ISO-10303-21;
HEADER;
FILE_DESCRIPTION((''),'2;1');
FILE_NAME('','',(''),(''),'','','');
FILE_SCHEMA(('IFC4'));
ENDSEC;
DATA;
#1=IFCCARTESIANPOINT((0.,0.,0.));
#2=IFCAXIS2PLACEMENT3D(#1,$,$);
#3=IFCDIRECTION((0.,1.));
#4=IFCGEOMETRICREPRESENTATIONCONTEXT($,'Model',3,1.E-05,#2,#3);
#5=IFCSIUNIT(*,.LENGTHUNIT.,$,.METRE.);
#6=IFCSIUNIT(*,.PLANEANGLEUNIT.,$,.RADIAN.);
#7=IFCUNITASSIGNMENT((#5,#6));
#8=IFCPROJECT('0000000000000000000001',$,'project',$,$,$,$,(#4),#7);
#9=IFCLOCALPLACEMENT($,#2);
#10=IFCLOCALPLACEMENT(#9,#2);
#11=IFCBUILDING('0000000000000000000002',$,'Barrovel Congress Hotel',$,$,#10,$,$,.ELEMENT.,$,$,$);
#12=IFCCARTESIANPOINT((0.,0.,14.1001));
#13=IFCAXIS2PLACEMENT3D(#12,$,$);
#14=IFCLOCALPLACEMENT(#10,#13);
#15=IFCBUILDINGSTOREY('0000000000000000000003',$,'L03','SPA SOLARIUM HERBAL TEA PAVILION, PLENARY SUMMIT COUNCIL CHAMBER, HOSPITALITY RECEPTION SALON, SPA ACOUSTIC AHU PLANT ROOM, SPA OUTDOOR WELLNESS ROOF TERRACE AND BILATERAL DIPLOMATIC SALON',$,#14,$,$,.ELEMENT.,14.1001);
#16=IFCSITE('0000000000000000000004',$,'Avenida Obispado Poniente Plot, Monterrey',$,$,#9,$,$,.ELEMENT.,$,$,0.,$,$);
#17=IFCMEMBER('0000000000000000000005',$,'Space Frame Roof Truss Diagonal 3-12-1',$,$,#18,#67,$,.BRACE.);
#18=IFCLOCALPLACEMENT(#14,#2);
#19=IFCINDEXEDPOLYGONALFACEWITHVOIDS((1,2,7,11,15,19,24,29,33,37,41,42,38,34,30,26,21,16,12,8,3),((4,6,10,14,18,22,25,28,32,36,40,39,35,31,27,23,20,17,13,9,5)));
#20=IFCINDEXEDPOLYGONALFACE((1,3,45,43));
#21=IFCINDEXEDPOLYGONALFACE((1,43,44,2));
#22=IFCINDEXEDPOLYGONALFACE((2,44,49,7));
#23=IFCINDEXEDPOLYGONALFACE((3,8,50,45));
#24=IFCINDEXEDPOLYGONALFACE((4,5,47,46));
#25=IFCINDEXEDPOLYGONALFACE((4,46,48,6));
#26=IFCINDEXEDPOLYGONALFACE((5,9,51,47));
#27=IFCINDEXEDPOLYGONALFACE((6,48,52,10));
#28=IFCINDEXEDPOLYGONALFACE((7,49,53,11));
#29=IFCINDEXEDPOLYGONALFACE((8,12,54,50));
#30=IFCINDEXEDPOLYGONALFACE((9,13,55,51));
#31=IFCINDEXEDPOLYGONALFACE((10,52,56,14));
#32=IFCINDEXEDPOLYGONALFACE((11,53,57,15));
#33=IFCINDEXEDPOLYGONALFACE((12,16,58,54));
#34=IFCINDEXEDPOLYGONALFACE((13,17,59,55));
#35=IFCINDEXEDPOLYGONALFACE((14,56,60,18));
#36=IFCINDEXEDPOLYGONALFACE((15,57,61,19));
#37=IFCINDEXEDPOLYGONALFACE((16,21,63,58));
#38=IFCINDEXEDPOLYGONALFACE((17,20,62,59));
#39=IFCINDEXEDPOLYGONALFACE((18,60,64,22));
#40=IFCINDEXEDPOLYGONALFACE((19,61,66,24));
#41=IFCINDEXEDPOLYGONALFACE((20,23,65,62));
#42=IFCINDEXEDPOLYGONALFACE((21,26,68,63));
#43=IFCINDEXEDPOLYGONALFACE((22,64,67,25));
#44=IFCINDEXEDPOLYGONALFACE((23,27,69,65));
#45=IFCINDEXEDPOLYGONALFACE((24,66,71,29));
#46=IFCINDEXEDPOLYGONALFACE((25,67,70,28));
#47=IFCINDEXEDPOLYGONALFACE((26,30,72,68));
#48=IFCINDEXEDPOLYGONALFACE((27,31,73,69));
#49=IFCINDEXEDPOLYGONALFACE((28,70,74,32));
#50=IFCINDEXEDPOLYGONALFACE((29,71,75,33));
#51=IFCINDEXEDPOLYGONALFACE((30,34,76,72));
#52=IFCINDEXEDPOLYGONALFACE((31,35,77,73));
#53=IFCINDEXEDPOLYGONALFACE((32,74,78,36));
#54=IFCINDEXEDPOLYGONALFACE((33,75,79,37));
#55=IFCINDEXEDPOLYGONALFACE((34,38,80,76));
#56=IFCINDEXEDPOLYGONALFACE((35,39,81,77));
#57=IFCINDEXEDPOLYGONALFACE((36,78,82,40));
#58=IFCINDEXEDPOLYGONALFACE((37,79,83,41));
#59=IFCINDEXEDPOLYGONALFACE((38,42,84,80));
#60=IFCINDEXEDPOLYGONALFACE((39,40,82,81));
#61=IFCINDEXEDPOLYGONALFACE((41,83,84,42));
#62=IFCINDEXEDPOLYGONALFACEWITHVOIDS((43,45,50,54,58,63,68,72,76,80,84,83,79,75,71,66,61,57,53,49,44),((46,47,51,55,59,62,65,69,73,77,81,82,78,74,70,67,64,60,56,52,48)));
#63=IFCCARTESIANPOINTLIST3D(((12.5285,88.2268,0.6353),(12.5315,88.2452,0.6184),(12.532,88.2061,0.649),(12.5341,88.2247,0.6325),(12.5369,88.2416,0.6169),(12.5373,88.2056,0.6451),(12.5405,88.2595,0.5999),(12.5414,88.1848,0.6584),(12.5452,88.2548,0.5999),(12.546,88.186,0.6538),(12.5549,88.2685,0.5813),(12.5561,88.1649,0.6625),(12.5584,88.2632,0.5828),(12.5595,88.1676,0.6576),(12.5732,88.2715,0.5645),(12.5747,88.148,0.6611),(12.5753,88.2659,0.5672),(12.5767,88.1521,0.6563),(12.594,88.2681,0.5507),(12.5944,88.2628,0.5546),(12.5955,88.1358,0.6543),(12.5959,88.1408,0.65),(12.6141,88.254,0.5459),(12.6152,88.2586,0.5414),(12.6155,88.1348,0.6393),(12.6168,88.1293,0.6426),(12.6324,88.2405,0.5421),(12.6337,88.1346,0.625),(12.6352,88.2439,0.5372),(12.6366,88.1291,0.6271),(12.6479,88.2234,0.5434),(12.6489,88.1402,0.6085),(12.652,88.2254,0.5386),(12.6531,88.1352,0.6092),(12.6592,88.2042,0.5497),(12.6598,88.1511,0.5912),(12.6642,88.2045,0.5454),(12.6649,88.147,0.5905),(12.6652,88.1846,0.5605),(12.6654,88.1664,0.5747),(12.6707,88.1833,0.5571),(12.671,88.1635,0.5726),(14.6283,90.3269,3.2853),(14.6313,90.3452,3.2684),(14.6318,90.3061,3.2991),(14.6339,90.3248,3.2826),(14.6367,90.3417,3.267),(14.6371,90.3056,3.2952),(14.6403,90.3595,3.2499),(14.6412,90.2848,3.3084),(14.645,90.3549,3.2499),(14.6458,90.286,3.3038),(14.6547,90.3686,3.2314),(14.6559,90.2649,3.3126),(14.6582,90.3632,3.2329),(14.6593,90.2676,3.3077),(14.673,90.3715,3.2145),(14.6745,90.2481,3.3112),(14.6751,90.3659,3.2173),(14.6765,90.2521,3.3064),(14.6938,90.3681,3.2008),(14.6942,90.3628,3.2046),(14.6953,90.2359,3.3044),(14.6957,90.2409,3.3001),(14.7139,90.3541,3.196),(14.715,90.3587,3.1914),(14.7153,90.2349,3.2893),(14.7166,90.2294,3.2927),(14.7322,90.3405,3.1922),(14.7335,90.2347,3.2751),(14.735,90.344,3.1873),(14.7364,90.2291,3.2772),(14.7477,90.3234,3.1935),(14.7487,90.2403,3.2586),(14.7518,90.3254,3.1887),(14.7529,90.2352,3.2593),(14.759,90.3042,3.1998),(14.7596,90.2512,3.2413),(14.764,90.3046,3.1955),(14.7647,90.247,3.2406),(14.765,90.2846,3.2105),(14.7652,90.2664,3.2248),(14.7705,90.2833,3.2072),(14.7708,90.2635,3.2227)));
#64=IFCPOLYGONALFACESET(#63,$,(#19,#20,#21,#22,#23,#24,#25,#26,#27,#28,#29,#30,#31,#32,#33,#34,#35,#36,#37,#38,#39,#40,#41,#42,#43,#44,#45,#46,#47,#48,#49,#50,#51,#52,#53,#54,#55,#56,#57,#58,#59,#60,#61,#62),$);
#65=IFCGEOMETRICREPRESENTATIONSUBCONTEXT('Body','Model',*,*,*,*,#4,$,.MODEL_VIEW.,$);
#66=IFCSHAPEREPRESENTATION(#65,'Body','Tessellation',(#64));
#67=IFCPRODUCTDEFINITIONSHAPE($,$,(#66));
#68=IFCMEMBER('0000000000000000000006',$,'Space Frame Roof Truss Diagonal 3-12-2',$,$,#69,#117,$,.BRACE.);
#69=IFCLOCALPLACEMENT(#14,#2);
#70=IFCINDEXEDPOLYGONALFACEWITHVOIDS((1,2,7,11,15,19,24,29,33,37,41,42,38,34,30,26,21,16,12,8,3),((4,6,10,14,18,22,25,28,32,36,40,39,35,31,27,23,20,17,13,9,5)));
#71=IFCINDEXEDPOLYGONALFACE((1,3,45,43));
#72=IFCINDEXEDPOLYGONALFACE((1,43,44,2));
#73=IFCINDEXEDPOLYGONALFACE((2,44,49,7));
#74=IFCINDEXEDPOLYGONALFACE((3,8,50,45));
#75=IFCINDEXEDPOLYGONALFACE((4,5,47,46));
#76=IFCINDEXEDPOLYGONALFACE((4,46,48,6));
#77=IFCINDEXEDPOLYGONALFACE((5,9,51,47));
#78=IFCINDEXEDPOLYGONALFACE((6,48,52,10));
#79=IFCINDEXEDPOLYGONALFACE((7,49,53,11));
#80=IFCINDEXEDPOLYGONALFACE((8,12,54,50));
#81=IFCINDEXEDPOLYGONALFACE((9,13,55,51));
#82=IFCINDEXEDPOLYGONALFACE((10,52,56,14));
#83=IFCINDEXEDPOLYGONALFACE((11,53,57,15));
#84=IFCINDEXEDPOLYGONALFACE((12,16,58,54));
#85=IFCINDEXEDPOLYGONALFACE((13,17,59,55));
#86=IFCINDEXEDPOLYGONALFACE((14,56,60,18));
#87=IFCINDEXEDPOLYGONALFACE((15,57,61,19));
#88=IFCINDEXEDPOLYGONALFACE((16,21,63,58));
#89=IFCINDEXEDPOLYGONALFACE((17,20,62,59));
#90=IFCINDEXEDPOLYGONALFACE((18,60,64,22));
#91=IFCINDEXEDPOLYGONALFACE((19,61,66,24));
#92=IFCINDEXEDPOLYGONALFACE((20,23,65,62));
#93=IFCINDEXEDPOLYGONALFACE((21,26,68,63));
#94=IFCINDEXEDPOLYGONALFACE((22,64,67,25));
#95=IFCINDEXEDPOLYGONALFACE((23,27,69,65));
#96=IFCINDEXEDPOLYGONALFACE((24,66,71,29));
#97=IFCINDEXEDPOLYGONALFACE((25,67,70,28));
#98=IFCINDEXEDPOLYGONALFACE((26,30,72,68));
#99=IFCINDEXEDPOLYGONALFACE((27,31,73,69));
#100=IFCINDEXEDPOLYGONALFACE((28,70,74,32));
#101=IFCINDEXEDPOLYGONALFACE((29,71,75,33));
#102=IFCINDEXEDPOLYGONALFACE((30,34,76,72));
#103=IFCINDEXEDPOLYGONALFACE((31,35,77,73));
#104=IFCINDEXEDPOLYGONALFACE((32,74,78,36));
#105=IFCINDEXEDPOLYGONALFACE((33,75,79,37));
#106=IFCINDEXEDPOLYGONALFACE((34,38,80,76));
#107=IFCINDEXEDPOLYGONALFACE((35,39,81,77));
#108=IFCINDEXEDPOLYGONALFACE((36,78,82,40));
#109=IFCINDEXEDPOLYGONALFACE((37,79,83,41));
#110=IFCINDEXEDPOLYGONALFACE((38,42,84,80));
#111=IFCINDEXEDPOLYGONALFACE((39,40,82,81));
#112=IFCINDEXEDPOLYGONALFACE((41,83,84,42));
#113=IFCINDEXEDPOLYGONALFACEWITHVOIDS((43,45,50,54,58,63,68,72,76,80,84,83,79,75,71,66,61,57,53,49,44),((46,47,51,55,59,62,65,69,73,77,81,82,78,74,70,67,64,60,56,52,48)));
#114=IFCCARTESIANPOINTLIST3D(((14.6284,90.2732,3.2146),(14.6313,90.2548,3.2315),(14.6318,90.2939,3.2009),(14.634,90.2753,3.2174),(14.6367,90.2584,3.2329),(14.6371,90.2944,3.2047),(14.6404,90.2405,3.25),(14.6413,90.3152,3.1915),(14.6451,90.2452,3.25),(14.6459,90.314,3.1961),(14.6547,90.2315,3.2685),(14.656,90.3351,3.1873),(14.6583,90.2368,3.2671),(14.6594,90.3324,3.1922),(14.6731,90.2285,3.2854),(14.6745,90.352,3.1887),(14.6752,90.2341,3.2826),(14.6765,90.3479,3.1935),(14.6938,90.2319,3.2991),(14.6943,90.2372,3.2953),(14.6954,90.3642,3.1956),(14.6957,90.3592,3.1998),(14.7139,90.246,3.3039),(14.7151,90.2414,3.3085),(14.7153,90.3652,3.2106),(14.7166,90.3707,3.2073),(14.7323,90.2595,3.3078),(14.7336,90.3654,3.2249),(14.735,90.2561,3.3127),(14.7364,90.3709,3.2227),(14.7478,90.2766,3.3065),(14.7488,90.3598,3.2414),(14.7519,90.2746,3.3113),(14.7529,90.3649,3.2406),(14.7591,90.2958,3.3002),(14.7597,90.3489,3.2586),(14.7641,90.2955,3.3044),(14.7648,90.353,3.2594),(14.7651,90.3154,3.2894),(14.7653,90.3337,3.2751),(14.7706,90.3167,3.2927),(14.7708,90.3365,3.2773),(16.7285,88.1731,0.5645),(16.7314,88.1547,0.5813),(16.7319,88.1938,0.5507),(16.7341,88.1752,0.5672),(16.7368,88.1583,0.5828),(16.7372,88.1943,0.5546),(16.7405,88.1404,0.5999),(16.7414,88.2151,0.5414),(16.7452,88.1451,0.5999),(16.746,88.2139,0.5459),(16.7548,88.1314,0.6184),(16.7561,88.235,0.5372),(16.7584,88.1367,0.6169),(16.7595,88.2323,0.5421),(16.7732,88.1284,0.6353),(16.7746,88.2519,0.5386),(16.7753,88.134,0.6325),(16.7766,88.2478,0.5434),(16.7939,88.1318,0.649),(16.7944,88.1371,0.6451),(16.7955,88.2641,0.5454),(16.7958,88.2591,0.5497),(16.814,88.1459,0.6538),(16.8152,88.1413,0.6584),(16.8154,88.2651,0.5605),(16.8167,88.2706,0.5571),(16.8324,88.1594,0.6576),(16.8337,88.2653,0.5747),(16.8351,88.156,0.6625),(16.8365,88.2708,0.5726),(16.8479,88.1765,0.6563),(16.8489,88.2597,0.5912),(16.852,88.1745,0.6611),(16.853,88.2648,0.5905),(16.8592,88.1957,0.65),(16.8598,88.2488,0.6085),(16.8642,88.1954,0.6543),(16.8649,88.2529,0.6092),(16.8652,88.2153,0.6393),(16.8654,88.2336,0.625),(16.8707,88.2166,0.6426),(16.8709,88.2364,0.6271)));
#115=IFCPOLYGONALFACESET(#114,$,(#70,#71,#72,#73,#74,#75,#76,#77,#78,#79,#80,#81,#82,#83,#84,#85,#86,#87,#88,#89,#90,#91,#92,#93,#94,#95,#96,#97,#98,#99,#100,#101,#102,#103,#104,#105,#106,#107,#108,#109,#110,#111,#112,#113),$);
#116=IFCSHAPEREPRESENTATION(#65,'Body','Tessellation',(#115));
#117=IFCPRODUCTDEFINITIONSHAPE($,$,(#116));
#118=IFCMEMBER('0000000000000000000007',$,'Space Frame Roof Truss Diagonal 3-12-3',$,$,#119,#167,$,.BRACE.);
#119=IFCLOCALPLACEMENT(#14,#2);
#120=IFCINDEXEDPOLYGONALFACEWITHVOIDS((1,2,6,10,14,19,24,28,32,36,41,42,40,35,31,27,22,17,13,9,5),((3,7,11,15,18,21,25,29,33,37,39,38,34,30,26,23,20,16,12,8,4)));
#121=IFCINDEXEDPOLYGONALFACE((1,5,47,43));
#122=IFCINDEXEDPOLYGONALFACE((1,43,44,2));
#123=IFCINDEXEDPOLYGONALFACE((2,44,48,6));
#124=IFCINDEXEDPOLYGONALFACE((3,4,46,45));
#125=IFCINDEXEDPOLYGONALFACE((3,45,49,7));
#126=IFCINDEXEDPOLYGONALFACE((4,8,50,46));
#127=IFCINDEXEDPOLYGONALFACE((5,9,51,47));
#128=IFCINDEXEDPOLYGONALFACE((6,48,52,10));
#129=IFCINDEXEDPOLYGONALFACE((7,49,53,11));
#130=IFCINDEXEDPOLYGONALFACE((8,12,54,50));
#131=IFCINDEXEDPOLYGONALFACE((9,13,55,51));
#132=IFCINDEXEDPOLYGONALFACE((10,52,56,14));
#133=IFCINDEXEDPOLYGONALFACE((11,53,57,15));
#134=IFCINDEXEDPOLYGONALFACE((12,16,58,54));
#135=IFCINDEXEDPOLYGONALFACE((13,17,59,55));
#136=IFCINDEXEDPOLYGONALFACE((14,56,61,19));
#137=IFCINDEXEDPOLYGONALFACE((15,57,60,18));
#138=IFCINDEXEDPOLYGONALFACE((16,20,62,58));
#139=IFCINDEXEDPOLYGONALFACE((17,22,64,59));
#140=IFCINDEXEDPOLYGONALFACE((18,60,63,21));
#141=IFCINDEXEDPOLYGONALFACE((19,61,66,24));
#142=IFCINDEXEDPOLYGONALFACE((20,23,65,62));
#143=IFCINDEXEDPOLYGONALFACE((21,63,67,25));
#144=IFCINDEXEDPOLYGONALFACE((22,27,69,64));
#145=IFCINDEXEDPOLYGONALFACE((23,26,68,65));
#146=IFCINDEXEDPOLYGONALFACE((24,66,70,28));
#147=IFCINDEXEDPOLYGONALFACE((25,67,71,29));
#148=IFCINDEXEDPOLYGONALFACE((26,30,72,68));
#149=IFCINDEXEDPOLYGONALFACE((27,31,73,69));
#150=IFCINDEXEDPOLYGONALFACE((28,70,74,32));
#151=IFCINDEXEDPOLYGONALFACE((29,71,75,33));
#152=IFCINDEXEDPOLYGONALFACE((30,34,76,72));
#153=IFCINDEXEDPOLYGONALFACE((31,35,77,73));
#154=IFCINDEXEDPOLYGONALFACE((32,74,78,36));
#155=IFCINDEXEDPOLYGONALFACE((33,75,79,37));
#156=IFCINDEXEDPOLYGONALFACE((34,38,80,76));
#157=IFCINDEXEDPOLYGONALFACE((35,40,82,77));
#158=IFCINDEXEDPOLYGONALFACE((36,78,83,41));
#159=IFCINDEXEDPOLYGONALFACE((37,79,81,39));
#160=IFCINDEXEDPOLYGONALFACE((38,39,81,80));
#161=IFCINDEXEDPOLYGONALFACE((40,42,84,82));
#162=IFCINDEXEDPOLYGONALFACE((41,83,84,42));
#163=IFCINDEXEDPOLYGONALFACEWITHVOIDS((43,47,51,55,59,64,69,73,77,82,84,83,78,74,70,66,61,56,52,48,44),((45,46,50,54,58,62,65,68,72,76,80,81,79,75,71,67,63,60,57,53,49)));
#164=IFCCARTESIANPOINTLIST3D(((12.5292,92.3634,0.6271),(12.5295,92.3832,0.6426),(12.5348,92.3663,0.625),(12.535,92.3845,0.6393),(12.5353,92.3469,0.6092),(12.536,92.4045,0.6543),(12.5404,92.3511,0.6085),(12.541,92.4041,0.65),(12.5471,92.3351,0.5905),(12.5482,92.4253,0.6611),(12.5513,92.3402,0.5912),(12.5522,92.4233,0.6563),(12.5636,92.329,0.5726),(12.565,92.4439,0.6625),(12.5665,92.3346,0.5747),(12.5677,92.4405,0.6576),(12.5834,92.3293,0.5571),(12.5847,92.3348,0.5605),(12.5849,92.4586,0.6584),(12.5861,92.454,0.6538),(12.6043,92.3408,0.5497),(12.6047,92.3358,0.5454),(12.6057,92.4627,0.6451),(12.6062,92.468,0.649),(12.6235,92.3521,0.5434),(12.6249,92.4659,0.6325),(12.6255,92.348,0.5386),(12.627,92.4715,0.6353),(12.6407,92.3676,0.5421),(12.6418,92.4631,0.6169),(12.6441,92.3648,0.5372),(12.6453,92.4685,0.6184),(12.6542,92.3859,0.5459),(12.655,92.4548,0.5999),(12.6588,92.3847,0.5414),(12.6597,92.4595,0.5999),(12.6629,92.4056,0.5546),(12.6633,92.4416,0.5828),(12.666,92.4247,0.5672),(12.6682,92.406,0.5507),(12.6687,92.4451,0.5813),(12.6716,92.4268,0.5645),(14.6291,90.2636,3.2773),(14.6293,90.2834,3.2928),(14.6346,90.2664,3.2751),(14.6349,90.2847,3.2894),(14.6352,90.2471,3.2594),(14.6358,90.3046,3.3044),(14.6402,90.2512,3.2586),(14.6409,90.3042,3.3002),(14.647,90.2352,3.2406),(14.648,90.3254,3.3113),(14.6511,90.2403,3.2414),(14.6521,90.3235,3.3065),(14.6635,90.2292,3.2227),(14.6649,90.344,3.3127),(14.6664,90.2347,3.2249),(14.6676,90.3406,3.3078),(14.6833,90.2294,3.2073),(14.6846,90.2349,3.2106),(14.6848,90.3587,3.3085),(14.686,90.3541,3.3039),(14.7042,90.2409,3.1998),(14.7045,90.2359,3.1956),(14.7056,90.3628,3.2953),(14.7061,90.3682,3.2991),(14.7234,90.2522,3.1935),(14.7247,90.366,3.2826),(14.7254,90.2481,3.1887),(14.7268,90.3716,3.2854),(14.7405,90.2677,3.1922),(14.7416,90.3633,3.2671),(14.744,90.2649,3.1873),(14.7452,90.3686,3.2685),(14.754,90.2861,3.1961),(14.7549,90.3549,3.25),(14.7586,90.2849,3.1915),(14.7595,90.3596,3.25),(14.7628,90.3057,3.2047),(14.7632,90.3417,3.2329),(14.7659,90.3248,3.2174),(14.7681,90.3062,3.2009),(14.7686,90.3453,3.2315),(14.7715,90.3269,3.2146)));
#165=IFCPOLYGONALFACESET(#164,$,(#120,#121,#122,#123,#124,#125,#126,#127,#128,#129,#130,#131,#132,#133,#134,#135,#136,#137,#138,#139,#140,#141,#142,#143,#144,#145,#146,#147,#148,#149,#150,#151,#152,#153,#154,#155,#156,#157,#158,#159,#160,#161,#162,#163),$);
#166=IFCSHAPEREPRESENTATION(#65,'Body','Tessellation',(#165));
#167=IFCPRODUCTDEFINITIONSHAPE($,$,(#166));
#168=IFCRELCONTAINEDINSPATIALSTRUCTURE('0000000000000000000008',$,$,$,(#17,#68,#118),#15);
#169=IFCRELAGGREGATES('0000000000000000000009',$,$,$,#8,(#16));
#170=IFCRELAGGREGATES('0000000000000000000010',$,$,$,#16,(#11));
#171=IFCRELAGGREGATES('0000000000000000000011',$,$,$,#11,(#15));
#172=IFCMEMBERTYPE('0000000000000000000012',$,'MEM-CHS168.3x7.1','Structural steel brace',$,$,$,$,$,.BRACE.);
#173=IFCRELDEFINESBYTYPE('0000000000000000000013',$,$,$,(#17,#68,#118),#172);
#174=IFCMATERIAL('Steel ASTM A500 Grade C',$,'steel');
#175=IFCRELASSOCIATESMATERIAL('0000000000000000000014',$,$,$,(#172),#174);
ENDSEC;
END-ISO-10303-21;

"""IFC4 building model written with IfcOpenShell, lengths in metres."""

from ifc_helpers import new_model, si_unit, direction, frame, origin, origin_2d, place, context, subcontext, project, spatial, hollow_circle, extrude, material, material_profile, profile_set, type_object, element, save


model = new_model("IFC4")

# Units and contexts
model_context = context("Model", 3, precision=1e-05, world=origin(), true_north=direction((0.0, 1.0)))
body_context = subcontext(model_context, "Body", "Model", "MODEL_VIEW")
ifc_project = project(units=[si_unit("LENGTHUNIT", "METRE"), si_unit("PLANEANGLEUNIT", "RADIAN")], contexts=[model_context])

# Site, building, storey
site_placement = place(None, origin())
site = spatial("IfcSite", under=ifc_project, at=site_placement, Name="Avenida Obispado Poniente Plot, Monterrey", CompositionType="ELEMENT", RefElevation=0.0)
building_placement = place(site_placement, origin())
building = spatial("IfcBuilding", under=site, at=building_placement, Name="Barrovel Congress Hotel", CompositionType="ELEMENT")
storey_placement = place(building_placement, frame((0.0, 0.0, 14.1001)))
storey = spatial("IfcBuildingStorey", under=building, at=storey_placement, Name="L03", Description="SPA SOLARIUM HERBAL TEA PAVILION, PLENARY SUMMIT COUNCIL CHAMBER, HOSPITALITY RECEPTION SALON, SPA ACOUSTIC AHU PLANT ROOM, SPA OUTDOOR WELLNESS ROOF TERRACE AND BILATERAL DIPLOMATIC SALON", CompositionType="ELEMENT", Elevation=14.1001)

# Members
ifc_material_1 = material(Name="Steel ASTM A500 Grade C", Category="steel")
ifc_material_profile_1 = material_profile(ifc_material_1, hollow_circle(Radius=0.0842, WallThickness=0.0066, at=origin_2d()), Name="CHS168.3x7.1")
ifc_profile_set_1 = profile_set([ifc_material_profile_1], Name="Steel ASTM A500 Grade C")
member_type_1 = type_object("IfcMemberType", Name="MEM-CHS168.3x7.1", Description="Structural steel brace", PredefinedType="BRACE", material=ifc_profile_set_1)
member_1_placement = place(storey_placement, frame((12.6001, 88.2, 0.5999), z_axis=(0.527557, 0.527618, 0.66581), x_axis=(-0.707148, 0.707066, 0.0)))
element("IfcMember", 1, at=member_1_placement, inside=storey, type_object=member_type_1, Name="Space Frame Roof Truss Diagonal 3-12-1", PredefinedType="BRACE", context=body_context, shape_type="SweptSolid", body=[
    extrude(hollow_circle(Radius=0.0842, WallThickness=0.0066, at=origin_2d()), origin(), (0.0, 0.0, 1.0), 3.9802),
])
member_2_placement = place(storey_placement, frame((16.8, 88.2, 0.5999), z_axis=(-0.527601, 0.527601, 0.665788), x_axis=(-0.707107, -0.707107, 0.0)))
element("IfcMember", 2, at=member_2_placement, inside=storey, type_object=member_type_1, Name="Space Frame Roof Truss Diagonal 3-12-2", PredefinedType="BRACE", context=body_context, shape_type="SweptSolid", body=[
    extrude(hollow_circle(Radius=0.0842, WallThickness=0.0066, at=origin_2d()), origin(), (0.0, 0.0, 1.0), 3.9805),
])
for number, where, z_axis, x_axis, name in (
    (3, (12.6001, 92.3999, 0.5999), (0.527574, -0.527574, 0.665831), (0.707107, 0.707107, 0.0), "Space Frame Roof Truss Diagonal 3-12-3"),
):
    element("IfcMember", number, at=place(storey_placement, frame(where, z_axis=z_axis, x_axis=x_axis)), inside=storey, type_object=member_type_1, Name=name, PredefinedType="BRACE", context=body_context, shape_type="SweptSolid", body=[
        extrude(hollow_circle(Radius=0.0842, WallThickness=0.0066, at=origin_2d()), origin(), (0.0, 0.0, 1.0), 3.9802),
    ])

save(model, "model.ifc")
